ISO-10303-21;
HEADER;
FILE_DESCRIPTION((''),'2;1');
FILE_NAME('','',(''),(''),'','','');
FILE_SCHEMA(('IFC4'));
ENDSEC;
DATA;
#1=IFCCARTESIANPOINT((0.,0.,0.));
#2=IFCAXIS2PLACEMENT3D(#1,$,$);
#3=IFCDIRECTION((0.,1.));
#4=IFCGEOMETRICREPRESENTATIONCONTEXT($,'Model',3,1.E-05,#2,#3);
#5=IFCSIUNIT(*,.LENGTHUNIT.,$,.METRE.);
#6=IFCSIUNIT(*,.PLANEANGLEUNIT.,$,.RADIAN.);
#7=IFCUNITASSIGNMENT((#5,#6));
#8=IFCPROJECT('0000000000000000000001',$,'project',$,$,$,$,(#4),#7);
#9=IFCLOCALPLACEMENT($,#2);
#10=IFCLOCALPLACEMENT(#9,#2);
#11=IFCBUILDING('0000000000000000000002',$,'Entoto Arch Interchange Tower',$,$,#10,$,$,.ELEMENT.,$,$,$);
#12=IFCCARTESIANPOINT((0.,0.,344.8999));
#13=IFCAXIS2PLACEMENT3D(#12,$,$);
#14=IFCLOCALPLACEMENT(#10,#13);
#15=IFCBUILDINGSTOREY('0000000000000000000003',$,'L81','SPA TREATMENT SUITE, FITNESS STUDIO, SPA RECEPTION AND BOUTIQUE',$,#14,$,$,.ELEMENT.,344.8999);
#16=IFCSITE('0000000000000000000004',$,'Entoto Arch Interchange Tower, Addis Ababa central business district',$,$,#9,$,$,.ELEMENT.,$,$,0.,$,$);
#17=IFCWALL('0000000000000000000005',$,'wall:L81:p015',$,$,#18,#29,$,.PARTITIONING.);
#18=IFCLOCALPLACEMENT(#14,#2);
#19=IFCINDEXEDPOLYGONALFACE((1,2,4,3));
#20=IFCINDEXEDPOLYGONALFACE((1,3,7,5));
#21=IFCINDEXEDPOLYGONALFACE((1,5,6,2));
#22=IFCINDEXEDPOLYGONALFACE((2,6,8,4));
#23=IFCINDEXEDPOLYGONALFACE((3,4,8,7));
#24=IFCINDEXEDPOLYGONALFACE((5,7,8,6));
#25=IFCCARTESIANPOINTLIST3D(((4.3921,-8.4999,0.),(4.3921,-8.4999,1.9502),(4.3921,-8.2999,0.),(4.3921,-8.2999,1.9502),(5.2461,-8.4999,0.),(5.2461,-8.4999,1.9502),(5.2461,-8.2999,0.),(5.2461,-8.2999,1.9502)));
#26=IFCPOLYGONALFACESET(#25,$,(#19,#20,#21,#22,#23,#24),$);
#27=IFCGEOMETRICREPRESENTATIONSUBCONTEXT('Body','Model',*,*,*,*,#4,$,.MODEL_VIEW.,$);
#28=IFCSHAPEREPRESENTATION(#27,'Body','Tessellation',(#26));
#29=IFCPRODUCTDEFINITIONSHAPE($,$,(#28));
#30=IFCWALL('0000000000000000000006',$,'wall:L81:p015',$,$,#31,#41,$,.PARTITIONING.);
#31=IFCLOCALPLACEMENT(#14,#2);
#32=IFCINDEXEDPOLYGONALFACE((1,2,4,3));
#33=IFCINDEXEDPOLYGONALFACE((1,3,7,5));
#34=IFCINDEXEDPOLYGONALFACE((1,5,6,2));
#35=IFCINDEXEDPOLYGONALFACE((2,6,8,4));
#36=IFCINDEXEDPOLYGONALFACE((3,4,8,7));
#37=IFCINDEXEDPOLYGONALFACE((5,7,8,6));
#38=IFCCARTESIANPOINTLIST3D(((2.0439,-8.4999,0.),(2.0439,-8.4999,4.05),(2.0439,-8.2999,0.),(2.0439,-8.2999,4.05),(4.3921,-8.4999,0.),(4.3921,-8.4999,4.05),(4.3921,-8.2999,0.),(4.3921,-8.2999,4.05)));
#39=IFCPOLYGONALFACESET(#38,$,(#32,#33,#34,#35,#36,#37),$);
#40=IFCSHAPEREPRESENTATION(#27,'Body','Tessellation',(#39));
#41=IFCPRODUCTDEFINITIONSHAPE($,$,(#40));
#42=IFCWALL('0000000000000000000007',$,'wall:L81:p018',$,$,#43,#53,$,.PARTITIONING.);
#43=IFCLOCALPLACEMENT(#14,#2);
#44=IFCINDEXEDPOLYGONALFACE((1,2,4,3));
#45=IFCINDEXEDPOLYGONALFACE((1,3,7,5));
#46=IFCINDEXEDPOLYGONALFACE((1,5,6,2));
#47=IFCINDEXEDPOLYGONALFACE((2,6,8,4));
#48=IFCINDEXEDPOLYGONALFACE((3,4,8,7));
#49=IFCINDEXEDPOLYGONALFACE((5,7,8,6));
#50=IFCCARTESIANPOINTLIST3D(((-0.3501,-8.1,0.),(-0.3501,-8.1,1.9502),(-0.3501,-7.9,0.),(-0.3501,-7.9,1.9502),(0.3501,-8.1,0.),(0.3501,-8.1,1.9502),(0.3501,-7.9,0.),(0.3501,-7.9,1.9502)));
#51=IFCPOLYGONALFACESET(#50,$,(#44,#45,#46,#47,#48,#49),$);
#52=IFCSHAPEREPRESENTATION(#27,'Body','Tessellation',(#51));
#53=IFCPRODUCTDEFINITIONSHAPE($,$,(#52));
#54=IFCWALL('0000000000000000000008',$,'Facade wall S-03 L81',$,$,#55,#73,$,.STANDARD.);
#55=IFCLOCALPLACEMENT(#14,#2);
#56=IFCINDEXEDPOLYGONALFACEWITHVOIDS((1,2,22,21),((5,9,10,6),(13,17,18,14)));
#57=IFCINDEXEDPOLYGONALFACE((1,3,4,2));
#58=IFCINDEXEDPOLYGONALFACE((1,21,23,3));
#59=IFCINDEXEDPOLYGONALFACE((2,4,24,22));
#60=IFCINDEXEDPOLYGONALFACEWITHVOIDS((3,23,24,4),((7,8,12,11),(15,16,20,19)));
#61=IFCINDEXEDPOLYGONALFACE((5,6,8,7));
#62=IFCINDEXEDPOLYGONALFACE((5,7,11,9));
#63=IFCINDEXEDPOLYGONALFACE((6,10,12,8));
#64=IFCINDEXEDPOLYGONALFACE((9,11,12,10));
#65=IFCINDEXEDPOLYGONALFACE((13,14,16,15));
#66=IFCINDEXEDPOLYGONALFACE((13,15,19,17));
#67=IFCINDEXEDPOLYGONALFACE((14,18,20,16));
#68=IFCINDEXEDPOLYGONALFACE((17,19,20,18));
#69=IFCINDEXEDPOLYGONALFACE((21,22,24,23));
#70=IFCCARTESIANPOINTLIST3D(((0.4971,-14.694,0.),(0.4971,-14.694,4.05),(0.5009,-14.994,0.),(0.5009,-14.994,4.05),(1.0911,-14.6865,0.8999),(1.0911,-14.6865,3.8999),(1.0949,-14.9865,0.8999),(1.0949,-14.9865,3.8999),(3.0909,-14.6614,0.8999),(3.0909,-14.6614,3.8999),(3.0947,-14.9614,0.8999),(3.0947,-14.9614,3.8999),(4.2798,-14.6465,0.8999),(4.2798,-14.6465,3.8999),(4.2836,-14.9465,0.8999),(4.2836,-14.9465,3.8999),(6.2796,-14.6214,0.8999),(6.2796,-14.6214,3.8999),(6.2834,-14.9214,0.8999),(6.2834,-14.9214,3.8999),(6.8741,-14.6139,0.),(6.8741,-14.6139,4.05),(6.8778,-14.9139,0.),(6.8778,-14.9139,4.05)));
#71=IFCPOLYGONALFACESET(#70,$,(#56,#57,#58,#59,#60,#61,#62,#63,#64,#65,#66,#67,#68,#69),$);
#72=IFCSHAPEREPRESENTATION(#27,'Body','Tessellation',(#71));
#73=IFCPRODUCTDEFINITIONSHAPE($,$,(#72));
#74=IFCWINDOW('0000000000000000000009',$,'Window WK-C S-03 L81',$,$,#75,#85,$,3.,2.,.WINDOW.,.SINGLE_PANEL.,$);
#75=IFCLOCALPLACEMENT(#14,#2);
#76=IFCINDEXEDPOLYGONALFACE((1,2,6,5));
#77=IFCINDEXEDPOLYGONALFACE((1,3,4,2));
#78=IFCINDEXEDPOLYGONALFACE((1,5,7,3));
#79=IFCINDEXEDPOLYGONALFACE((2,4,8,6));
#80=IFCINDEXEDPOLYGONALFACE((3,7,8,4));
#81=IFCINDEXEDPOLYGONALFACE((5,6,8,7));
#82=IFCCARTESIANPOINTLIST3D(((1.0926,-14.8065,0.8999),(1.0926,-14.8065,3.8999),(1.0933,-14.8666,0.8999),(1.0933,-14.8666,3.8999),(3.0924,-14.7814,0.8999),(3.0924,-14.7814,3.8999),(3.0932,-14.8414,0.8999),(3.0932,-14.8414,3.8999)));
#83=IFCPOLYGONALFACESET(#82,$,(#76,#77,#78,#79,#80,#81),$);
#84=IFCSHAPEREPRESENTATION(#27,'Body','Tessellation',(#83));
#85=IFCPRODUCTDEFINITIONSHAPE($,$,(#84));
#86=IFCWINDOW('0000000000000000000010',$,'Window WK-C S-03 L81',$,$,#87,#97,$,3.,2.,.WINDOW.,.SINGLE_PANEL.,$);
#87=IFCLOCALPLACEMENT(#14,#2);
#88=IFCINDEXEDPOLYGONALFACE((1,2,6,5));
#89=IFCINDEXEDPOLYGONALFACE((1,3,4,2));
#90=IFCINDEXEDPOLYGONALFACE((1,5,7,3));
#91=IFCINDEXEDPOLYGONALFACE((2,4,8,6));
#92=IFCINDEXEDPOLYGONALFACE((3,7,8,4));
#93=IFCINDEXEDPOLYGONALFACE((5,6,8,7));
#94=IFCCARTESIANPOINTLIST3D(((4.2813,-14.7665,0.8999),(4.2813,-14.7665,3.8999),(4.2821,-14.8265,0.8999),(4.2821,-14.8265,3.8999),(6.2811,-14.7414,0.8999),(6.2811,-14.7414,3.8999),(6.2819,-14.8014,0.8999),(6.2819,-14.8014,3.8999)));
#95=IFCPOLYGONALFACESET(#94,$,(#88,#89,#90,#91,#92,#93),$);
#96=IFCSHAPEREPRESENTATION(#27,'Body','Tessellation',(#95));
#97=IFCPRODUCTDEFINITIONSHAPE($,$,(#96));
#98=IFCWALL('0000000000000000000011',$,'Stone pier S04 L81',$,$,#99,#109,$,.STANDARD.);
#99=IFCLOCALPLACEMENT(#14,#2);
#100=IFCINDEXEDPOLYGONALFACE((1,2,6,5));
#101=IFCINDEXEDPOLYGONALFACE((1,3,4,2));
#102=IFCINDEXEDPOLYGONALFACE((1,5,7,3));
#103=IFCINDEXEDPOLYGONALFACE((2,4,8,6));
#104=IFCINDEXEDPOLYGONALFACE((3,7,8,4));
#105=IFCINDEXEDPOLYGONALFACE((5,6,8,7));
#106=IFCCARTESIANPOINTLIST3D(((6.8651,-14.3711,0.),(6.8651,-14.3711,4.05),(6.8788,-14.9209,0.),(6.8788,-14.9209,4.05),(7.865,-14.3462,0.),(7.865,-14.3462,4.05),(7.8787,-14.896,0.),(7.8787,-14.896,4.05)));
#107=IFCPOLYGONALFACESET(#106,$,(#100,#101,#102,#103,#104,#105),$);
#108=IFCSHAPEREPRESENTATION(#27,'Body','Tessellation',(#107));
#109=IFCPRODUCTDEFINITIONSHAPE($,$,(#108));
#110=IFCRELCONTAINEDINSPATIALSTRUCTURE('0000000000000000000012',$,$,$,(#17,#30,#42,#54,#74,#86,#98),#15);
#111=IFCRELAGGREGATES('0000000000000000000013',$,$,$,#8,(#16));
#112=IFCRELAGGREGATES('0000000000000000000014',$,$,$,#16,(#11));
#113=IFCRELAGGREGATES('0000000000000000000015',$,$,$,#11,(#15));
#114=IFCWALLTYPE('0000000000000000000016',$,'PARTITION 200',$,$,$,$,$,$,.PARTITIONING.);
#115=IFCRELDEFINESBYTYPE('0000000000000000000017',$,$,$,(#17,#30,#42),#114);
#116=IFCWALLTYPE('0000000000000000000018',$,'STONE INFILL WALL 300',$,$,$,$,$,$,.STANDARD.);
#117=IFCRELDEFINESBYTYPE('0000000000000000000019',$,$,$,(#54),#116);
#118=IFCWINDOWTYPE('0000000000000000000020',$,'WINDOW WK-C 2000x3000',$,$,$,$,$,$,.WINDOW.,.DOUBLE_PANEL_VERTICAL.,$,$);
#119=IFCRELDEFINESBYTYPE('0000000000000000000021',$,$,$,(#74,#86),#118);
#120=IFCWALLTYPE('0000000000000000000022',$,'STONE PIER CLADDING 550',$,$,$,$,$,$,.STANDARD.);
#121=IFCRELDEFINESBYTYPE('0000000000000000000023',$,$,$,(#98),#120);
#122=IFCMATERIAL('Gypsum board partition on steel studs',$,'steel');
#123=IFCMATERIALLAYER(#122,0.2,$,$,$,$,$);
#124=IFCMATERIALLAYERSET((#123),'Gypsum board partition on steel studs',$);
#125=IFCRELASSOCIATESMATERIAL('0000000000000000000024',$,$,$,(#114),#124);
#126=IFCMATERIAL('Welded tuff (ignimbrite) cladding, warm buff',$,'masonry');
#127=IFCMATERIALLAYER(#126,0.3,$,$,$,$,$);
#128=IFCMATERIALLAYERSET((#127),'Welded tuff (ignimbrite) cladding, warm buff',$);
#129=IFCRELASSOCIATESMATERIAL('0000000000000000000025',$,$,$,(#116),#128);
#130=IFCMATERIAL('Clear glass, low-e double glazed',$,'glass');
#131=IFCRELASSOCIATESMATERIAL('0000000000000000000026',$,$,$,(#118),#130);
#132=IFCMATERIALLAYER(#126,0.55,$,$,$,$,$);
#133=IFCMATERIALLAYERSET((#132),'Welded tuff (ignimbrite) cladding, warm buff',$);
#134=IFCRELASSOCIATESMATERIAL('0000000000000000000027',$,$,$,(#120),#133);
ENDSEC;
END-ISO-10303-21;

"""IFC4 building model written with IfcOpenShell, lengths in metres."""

from ifc_helpers import new_model, si_unit, direction, frame, frame_2d, origin, place, context, subcontext, project, spatial, rectangle, extrude, material, layer, layer_set, type_object, element, fill, save


model = new_model("IFC4")

# Units and contexts
model_context = context("Model", 3, precision=1e-05, world=origin(), true_north=direction((0.0, 1.0)))
body_context = subcontext(model_context, "Body", "Model", "MODEL_VIEW")
ifc_project = project(units=[si_unit("LENGTHUNIT", "METRE"), si_unit("PLANEANGLEUNIT", "RADIAN")], contexts=[model_context])

# Site, building, storey
site_placement = place(None, origin())
site = spatial("IfcSite", under=ifc_project, at=site_placement, Name="Entoto Arch Interchange Tower, Addis Ababa central business district", CompositionType="ELEMENT", RefElevation=0.0)
building_placement = place(site_placement, origin())
building = spatial("IfcBuilding", under=site, at=building_placement, Name="Entoto Arch Interchange Tower", CompositionType="ELEMENT")
storey_placement = place(building_placement, frame((0.0, 0.0, 344.8999)))
storey = spatial("IfcBuildingStorey", under=building, at=storey_placement, Name="L81", Description="SPA TREATMENT SUITE, FITNESS STUDIO, SPA RECEPTION AND BOUTIQUE", CompositionType="ELEMENT", Elevation=344.8999)

# Shared definitions
ifc_material_1 = material(Name="Gypsum board partition on steel studs", Category="steel")

# Shared definitions
ifc_layer_1 = layer(ifc_material_1, 0.2)
ifc_layer_set_1 = layer_set([ifc_layer_1], Name="Gypsum board partition on steel studs")
wall_type_1 = type_object("IfcWallType", Name="PARTITION 200", PredefinedType="PARTITIONING", material=ifc_layer_set_1)

# Walls
wall_1_placement = place(storey_placement, frame((5.2461, -8.3999, 0.0), z_axis=(0.0, 0.0, 1.0), x_axis=(-1.0, 0.0, 0.0)))
element("IfcWall", 1, at=wall_1_placement, inside=storey, type_object=wall_type_1, Name="wall:L81:p015", PredefinedType="PARTITIONING", context=body_context, shape_type="SweptSolid", body=[
    extrude(rectangle(XDim=0.854, YDim=0.2, at=frame_2d((0.427, 0.0))), origin(), (0.0, 0.0, 1.0), 1.9502),
])
wall_2_placement = place(storey_placement, frame((4.3921, -8.3999, 0.0), z_axis=(0.0, 0.0, 1.0), x_axis=(-1.0, 0.0, 0.0)))
element("IfcWall", 2, at=wall_2_placement, inside=storey, type_object=wall_type_1, Name="wall:L81:p015", PredefinedType="PARTITIONING", context=body_context, shape_type="SweptSolid", body=[
    extrude(rectangle(XDim=2.3481, YDim=0.2, at=frame_2d((1.1741, 0.0))), origin(), (0.0, 0.0, 1.0), 4.05),
])
wall_3_placement = place(storey_placement, frame((0.3501, -8.0, 0.0), z_axis=(0.0, 0.0, 1.0), x_axis=(-1.0, 0.0, 0.0)))
element("IfcWall", 3, at=wall_3_placement, inside=storey, type_object=wall_type_1, Name="wall:L81:p018", PredefinedType="PARTITIONING", context=body_context, shape_type="SweptSolid", body=[
    extrude(rectangle(XDim=0.7002, YDim=0.2, at=frame_2d((0.3501, 0.0))), origin(), (0.0, 0.0, 1.0), 1.9502),
])

# Wall, openings, windows
ifc_material_2 = material(Name="Welded tuff (ignimbrite) cladding, warm buff", Category="masonry")
ifc_layer_2 = layer(ifc_material_2, 0.3)
ifc_layer_set_2 = layer_set([ifc_layer_2], Name="Welded tuff (ignimbrite) cladding, warm buff")
wall_type_2 = type_object("IfcWallType", Name="STONE INFILL WALL 300", PredefinedType="STANDARD", material=ifc_layer_set_2)
wall_4_placement = place(storey_placement, frame((0.499, -14.844, 0.0), z_axis=(0.0, 0.0, 1.0), x_axis=(0.999921, 0.012556, 0.0)))
wall_4 = element("IfcWall", 4, at=wall_4_placement, inside=storey, type_object=wall_type_2, Name="Facade wall S-03 L81", PredefinedType="STANDARD", context=body_context, shape_type="SweptSolid", body=[
    extrude(rectangle(XDim=6.3774, YDim=0.3, at=frame_2d((3.1887, 0.0))), origin(), (0.0, 0.0, 1.0), 4.05),
])
opening_1_placement = place(wall_4_placement, frame((0.594, 0.0, 0.8999)))
opening_1 = element("IfcOpeningElement", 5, at=opening_1_placement, cuts=wall_4, PredefinedType="OPENING", context=body_context, shape_type="SweptSolid", body=[
    extrude(rectangle(XDim=2.0, YDim=3.0, at=frame_2d((1.0, 1.5))), frame((0.0, 0.1602, 0.0), z_axis=(0.0, -1.0, 0.0), x_axis=(1.0, 0.0, 0.0)), (0.0, 0.0, 1.0), 0.3201),
])
opening_2_placement = place(wall_4_placement, frame((3.783, 0.0, 0.8999)))
opening_2 = element("IfcOpeningElement", 6, at=opening_2_placement, cuts=wall_4, PredefinedType="OPENING", context=body_context, shape_type="SweptSolid", body=[
    extrude(rectangle(XDim=2.0, YDim=3.0, at=frame_2d((1.0, 1.5))), frame((0.0, 0.1602, 0.0), z_axis=(0.0, -1.0, 0.0), x_axis=(1.0, 0.0, 0.0)), (0.0, 0.0, 1.0), 0.3201),
])
ifc_material_3 = material(Name="Clear glass, low-e double glazed", Category="glass")
window_type = type_object("IfcWindowType", Name="WINDOW WK-C 2000x3000", PartitioningType="DOUBLE_PANEL_VERTICAL", PredefinedType="WINDOW", material=ifc_material_3)
window_1_placement = place(opening_1_placement, origin())
window_1 = element("IfcWindow", 7, at=window_1_placement, inside=storey, type_object=window_type, Name="Window WK-C S-03 L81", OverallHeight=3.0, OverallWidth=2.0, PartitioningType="SINGLE_PANEL", PredefinedType="WINDOW", context=body_context, shape_type="SweptSolid", body=[
    extrude(rectangle(XDim=2.0, YDim=3.0, at=frame_2d((1.0, 1.5))), frame((0.0, 0.03, 0.0), z_axis=(0.0, -1.0, 0.0), x_axis=(1.0, 0.0, 0.0)), (0.0, 0.0, 1.0), 0.0601),
])
fill(opening_1, window_1)
window_2_placement = place(opening_2_placement, origin())
window_2 = element("IfcWindow", 8, at=window_2_placement, inside=storey, type_object=window_type, Name="Window WK-C S-03 L81", OverallHeight=3.0, OverallWidth=2.0, PartitioningType="SINGLE_PANEL", PredefinedType="WINDOW", context=body_context, shape_type="SweptSolid", body=[
    extrude(rectangle(XDim=2.0, YDim=3.0, at=frame_2d((1.0, 1.5))), frame((0.0, 0.03, 0.0), z_axis=(0.0, -1.0, 0.0), x_axis=(1.0, 0.0, 0.0)), (0.0, 0.0, 1.0), 0.0601),
])
fill(opening_2, window_2)

# Wall
ifc_layer_3 = layer(ifc_material_2, 0.55)
ifc_layer_set_3 = layer_set([ifc_layer_3], Name="Welded tuff (ignimbrite) cladding, warm buff")
wall_type_3 = type_object("IfcWallType", Name="STONE PIER CLADDING 550", PredefinedType="STANDARD", material=ifc_layer_set_3)
wall_5_placement = place(storey_placement, frame((6.8721, -14.646, 0.0), z_axis=(0.0, 0.0, 1.0), x_axis=(0.99969, 0.024895, 0.0)))
element("IfcWall", 9, at=wall_5_placement, inside=storey, type_object=wall_type_3, Name="Stone pier S04 L81", PredefinedType="STANDARD", context=body_context, shape_type="SweptSolid", body=[
    extrude(rectangle(XDim=1.0002, YDim=0.55, at=frame_2d((0.5, 0.0))), origin(), (0.0, 0.0, 1.0), 4.05),
])

save(model, "model.ifc")
